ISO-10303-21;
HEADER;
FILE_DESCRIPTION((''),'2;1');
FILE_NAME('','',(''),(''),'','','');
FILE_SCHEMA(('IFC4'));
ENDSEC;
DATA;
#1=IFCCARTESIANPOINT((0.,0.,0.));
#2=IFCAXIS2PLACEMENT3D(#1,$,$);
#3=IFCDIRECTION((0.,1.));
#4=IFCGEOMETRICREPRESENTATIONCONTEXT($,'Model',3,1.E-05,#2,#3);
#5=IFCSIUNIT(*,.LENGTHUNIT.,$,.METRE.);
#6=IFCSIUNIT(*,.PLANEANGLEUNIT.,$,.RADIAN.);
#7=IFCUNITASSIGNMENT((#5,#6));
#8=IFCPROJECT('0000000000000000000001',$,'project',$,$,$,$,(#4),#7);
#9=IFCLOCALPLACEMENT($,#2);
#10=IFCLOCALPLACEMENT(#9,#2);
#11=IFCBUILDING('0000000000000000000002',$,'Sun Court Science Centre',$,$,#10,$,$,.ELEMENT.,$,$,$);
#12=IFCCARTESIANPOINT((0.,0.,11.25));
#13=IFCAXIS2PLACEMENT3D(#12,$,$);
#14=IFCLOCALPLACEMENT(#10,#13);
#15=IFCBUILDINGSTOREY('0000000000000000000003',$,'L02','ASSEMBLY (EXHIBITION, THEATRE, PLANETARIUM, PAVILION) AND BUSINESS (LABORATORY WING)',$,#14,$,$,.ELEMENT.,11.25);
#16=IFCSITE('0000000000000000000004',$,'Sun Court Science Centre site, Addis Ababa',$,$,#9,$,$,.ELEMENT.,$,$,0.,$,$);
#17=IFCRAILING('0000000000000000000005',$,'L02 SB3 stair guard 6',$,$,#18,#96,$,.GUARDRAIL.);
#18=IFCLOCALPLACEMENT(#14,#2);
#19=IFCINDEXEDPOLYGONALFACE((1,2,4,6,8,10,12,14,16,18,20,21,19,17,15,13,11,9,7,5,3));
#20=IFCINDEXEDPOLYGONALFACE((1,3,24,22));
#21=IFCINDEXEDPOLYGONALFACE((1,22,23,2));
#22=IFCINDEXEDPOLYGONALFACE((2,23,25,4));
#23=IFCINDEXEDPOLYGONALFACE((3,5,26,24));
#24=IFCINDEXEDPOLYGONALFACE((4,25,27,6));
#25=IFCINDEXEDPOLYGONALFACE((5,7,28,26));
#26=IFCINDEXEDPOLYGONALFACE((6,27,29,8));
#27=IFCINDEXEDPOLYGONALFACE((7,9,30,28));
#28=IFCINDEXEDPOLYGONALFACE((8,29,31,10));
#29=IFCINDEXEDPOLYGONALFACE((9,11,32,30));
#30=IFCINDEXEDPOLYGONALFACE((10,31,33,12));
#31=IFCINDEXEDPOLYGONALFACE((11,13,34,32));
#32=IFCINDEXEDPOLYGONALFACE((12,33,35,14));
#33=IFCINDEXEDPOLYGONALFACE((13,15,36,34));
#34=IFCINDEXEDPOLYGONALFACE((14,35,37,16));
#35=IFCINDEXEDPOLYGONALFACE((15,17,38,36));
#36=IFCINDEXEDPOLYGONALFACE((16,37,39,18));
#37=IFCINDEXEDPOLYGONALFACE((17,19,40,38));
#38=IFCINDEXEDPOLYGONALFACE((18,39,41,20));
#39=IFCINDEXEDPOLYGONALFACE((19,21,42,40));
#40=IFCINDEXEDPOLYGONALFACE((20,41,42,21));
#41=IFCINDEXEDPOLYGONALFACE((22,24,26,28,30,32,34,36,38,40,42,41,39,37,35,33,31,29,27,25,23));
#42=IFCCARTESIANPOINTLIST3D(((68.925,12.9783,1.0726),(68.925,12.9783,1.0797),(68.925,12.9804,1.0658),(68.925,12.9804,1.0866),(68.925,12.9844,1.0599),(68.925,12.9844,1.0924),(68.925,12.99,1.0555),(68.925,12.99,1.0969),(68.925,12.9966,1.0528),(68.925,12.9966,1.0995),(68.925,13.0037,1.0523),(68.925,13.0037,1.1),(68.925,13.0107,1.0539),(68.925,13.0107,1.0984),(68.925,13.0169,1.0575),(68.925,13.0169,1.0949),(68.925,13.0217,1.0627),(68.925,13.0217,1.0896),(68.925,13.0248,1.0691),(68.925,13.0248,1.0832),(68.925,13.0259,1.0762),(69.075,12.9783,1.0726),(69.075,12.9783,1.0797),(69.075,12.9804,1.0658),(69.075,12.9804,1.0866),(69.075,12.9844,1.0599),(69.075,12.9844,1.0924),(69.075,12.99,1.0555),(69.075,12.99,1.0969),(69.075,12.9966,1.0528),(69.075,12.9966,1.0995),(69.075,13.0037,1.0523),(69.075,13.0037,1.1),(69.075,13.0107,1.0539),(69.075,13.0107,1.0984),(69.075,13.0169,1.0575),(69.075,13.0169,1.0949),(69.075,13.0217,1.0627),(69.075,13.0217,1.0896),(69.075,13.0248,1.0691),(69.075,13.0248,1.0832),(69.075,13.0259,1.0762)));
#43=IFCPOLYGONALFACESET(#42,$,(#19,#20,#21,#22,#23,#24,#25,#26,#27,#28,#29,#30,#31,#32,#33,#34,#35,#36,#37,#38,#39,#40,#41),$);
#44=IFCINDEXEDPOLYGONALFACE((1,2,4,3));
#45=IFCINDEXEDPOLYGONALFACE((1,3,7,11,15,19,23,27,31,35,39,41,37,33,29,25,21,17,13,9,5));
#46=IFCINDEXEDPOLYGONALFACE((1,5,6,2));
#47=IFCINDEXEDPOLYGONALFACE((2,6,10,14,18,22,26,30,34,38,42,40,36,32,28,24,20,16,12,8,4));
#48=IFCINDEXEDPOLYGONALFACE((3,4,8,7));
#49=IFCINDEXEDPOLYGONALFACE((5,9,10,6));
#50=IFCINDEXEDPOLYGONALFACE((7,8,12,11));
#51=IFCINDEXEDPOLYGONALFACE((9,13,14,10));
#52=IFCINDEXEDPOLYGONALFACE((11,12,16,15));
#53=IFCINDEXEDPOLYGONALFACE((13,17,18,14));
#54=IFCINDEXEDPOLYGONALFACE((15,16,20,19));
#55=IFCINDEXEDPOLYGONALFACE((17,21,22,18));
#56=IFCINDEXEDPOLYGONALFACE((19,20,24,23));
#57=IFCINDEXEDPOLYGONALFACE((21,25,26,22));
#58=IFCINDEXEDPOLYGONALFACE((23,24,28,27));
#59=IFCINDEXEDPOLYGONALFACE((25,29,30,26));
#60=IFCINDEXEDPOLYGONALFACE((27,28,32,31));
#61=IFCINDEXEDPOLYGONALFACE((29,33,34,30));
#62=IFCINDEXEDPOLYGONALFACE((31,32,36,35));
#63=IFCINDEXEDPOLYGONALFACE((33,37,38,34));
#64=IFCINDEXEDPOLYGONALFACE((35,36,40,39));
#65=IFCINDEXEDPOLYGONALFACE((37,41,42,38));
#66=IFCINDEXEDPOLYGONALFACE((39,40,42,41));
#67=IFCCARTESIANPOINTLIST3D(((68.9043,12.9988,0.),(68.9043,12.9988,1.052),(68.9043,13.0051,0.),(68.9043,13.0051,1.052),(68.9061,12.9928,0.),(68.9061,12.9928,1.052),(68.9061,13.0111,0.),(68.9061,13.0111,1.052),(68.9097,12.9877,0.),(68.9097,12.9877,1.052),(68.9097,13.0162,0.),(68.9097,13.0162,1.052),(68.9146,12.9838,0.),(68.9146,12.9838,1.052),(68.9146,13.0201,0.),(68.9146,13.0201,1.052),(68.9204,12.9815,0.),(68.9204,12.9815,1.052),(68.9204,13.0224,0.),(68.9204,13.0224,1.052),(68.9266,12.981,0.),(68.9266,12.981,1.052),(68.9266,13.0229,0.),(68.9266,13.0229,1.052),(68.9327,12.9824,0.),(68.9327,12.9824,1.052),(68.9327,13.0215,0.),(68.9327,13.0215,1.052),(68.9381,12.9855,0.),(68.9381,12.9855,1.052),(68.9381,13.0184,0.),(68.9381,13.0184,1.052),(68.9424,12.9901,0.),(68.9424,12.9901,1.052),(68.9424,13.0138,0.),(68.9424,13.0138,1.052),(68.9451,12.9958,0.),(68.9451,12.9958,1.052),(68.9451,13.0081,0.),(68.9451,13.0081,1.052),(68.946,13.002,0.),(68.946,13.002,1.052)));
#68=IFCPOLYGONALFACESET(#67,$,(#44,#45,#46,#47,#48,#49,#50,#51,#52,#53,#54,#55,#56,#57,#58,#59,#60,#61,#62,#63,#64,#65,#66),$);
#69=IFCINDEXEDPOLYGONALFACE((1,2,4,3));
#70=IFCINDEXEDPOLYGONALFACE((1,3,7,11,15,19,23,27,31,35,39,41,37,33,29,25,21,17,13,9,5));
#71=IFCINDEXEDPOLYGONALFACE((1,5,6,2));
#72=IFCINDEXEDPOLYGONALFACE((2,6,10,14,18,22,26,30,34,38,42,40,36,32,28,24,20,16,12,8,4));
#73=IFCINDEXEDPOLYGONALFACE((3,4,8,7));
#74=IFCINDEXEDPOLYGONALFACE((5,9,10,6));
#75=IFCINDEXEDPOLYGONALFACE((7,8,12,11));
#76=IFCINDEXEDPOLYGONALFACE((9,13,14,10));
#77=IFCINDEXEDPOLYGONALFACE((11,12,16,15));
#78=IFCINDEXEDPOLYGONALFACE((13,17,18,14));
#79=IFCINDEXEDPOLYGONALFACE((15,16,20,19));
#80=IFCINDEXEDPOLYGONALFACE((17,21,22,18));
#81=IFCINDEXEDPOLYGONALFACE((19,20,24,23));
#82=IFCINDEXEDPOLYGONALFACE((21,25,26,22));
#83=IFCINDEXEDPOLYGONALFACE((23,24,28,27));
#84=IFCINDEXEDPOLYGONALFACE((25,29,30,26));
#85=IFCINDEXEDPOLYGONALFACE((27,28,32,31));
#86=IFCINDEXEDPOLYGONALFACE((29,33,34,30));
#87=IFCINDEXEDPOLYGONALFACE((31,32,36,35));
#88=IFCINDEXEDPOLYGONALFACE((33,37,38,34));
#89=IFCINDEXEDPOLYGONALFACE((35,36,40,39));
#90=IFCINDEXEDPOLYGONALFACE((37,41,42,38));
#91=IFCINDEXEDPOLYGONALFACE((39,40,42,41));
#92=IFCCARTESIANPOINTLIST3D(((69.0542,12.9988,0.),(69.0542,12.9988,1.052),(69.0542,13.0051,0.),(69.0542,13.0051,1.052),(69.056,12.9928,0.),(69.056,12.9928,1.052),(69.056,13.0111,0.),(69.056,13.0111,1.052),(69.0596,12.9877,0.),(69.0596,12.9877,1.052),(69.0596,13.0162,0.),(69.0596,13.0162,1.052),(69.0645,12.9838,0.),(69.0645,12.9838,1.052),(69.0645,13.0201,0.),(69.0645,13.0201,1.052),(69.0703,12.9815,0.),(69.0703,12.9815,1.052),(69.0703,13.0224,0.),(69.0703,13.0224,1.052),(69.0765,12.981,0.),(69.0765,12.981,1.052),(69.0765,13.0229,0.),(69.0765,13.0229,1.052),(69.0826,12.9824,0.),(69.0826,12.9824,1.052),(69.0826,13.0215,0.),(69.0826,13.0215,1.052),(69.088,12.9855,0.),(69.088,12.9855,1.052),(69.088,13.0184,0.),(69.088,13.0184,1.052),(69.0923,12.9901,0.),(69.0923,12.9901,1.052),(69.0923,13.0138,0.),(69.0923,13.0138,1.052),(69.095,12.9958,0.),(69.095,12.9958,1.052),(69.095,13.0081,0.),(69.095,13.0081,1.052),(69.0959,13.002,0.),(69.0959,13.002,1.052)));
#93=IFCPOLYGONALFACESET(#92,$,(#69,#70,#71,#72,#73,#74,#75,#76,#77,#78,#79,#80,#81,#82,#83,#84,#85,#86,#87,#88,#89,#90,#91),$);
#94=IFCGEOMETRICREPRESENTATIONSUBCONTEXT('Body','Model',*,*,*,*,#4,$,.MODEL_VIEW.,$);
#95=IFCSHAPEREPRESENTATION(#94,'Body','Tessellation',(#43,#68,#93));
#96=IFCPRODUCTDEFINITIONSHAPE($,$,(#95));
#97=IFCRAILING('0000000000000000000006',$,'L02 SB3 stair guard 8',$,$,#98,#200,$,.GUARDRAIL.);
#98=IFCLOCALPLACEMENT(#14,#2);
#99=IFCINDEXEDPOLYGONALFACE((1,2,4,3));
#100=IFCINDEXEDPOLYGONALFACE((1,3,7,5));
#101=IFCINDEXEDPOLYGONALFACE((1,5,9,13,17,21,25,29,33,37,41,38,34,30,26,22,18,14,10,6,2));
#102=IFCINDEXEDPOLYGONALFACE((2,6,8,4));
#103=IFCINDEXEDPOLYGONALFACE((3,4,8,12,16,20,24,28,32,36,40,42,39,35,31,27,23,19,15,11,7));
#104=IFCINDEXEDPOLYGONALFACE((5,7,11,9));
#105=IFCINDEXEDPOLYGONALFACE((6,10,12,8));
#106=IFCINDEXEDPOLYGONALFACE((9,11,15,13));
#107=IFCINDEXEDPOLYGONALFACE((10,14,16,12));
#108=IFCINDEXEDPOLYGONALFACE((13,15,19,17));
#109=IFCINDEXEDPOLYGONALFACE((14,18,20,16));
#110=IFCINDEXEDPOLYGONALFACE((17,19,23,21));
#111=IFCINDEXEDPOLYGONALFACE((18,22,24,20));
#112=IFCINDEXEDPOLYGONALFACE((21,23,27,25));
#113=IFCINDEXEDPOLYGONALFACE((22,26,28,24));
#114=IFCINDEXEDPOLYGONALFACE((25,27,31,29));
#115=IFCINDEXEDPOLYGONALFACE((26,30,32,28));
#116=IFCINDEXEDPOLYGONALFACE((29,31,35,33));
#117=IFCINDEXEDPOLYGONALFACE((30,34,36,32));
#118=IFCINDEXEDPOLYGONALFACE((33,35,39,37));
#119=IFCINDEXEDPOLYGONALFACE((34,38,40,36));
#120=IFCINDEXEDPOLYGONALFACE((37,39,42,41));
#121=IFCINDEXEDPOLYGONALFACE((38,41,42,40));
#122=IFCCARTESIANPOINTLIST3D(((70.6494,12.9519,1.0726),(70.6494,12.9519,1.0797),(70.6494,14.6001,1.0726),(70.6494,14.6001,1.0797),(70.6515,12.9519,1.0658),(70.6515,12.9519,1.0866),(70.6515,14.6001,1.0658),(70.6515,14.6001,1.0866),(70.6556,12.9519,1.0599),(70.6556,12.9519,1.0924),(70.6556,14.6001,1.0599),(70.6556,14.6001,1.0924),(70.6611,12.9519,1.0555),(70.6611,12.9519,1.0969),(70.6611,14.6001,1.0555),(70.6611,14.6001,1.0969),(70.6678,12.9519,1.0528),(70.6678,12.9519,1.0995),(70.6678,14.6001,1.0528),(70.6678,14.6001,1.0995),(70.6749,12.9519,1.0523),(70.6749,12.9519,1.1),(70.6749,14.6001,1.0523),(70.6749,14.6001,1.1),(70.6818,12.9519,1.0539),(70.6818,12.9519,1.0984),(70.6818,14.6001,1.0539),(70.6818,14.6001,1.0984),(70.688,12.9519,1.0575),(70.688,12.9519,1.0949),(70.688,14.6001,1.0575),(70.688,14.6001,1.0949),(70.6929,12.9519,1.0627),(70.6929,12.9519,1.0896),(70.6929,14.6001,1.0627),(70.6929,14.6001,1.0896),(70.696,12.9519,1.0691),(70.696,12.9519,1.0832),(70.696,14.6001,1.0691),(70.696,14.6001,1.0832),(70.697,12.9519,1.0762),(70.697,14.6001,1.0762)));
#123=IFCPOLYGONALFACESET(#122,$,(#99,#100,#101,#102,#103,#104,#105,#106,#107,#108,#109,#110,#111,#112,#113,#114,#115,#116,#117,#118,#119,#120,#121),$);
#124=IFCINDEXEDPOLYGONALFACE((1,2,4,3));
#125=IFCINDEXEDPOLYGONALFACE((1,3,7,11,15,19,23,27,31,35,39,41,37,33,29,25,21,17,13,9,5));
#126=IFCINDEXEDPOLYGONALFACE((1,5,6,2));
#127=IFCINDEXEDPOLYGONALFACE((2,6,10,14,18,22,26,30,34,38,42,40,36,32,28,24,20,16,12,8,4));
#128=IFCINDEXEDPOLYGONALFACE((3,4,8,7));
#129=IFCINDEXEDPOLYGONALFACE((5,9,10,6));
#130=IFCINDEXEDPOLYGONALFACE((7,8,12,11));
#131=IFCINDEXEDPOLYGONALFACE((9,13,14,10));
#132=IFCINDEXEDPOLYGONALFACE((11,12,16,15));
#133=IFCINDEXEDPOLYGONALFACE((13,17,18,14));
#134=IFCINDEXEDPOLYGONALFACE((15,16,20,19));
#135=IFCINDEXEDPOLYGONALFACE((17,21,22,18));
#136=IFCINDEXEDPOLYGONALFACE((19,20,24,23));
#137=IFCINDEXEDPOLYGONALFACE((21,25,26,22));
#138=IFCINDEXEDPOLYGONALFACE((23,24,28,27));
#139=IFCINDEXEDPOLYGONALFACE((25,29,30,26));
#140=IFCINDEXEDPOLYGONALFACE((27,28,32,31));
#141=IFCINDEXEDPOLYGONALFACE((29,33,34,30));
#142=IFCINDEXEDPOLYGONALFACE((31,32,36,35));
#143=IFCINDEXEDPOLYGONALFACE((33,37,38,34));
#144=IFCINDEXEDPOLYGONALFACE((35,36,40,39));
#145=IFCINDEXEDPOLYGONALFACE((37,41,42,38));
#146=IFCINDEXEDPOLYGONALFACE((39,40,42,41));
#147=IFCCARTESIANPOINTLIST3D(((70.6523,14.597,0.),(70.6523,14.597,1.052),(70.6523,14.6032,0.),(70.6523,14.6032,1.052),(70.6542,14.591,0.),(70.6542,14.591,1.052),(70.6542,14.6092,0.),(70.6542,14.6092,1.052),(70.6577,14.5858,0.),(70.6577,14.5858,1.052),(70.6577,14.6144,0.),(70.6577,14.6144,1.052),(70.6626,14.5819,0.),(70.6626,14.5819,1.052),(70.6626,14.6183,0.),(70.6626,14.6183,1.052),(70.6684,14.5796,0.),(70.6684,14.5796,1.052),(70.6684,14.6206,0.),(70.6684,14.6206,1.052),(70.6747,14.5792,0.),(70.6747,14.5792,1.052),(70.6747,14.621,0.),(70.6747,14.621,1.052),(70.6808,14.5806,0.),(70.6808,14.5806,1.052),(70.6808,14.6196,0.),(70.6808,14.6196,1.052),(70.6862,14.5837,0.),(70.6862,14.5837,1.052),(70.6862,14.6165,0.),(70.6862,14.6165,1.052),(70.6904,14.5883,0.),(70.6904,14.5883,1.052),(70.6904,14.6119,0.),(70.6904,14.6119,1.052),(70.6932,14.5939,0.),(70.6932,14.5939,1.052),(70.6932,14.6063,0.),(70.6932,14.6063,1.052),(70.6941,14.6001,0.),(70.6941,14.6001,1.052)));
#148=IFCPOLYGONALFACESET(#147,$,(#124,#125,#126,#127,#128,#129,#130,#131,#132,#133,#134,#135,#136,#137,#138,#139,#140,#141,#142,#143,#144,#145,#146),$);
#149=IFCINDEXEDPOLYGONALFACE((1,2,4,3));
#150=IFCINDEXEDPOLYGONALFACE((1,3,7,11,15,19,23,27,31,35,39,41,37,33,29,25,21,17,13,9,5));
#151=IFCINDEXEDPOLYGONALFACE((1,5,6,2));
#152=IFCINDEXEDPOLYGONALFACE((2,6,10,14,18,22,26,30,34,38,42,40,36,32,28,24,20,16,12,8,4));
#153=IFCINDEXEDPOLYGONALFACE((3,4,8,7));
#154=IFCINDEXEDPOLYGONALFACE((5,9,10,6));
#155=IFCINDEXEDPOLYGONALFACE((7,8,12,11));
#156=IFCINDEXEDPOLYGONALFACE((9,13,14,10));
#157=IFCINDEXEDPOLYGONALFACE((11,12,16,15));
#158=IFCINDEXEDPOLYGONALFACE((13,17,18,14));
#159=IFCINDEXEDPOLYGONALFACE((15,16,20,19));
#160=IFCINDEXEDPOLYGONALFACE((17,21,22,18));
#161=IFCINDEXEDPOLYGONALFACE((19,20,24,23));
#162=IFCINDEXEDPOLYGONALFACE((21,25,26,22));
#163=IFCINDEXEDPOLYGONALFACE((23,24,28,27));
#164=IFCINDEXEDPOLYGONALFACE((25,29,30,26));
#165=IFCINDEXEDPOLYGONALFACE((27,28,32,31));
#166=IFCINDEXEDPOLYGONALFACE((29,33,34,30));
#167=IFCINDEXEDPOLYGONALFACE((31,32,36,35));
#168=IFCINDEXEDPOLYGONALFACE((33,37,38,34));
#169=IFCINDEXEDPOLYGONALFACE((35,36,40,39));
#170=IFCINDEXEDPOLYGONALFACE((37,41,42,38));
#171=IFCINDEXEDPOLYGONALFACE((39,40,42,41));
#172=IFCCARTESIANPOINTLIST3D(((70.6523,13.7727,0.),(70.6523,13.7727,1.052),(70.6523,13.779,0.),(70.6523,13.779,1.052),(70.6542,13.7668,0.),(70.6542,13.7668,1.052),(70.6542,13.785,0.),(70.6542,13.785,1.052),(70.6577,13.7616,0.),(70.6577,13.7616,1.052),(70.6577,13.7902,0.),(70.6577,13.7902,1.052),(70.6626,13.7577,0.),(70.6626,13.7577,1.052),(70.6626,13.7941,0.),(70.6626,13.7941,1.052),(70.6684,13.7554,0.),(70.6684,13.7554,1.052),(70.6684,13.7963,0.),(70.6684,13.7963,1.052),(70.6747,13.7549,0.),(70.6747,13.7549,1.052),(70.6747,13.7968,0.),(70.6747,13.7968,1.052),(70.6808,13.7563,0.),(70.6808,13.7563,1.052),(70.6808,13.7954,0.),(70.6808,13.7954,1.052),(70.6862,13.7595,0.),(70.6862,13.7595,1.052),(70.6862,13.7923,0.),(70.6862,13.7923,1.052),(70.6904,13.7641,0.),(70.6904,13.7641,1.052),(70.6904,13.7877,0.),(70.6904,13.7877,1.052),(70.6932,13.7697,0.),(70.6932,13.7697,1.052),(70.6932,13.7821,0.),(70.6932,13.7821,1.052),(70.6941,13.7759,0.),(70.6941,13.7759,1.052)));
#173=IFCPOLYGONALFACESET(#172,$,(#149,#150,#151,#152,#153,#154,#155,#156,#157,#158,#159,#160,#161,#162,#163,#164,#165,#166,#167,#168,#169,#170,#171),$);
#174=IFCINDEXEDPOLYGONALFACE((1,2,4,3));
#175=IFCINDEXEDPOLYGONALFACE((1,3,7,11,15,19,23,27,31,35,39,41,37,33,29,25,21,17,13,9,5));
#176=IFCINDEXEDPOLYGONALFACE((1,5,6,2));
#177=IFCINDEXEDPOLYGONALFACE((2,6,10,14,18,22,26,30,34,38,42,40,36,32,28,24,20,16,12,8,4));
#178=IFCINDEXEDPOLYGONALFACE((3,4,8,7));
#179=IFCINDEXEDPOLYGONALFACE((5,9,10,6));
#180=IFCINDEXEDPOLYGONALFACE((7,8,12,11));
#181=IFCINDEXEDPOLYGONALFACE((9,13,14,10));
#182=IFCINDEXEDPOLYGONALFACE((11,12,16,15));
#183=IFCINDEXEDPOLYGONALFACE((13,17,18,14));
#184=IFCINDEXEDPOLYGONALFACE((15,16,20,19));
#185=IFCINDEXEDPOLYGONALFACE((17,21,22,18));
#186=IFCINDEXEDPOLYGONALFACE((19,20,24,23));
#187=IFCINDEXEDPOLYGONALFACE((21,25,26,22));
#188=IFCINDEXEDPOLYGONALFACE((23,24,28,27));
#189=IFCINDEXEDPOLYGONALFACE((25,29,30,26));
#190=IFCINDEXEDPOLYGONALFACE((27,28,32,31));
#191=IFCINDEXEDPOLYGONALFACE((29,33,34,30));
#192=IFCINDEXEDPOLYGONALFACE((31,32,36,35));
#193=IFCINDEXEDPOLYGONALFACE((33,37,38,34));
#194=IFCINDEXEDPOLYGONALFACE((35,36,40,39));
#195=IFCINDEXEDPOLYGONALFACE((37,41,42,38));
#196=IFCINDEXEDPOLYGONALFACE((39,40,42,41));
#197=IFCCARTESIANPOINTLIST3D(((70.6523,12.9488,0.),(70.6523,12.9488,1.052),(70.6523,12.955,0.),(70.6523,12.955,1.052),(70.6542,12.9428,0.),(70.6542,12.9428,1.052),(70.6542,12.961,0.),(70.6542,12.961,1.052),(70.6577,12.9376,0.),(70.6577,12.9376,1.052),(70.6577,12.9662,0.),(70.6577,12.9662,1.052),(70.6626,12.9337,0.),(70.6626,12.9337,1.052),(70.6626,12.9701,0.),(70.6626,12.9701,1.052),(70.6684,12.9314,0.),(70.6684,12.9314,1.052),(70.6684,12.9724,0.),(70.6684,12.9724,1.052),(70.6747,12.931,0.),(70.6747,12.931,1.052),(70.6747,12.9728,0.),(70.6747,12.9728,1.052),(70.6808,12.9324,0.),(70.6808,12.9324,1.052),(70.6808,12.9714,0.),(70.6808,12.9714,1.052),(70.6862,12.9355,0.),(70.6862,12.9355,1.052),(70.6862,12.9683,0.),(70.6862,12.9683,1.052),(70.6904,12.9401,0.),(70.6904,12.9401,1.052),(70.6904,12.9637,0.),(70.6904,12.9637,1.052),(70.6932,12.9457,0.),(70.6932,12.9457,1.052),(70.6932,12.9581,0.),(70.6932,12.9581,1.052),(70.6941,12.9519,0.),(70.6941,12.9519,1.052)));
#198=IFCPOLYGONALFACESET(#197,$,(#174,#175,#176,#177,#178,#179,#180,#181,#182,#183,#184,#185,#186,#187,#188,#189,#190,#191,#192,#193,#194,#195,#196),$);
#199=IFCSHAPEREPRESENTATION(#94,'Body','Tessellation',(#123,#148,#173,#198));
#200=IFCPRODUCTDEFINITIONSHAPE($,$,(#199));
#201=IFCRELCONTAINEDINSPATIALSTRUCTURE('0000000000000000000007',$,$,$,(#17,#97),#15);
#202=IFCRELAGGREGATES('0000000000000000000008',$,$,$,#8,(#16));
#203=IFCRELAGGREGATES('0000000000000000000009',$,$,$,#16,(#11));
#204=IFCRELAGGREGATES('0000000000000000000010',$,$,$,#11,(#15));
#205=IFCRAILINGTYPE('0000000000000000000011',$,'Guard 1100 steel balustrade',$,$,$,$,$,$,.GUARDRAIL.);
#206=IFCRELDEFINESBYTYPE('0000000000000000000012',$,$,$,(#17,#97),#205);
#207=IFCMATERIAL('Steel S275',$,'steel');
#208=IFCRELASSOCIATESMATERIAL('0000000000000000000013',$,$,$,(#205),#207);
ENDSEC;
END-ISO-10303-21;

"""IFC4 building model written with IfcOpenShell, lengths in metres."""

from ifc_helpers import new_model, si_unit, direction, frame, origin, origin_2d, place, context, subcontext, project, spatial, circle, extrude, material, type_object, element, save


model = new_model("IFC4")

# Units and contexts
model_context = context("Model", 3, precision=1e-05, world=origin(), true_north=direction((0.0, 1.0)))
body_context = subcontext(model_context, "Body", "Model", "MODEL_VIEW")
ifc_project = project(units=[si_unit("LENGTHUNIT", "METRE"), si_unit("PLANEANGLEUNIT", "RADIAN")], contexts=[model_context])

# Site, building, storey
site_placement = place(None, origin())
site = spatial("IfcSite", under=ifc_project, at=site_placement, Name="Sun Court Science Centre site, Addis Ababa", CompositionType="ELEMENT", RefElevation=0.0)
building_placement = place(site_placement, origin())
building = spatial("IfcBuilding", under=site, at=building_placement, Name="Sun Court Science Centre", CompositionType="ELEMENT")
storey_placement = place(building_placement, frame((0.0, 0.0, 11.25)))
storey = spatial("IfcBuildingStorey", under=building, at=storey_placement, Name="L02", Description="ASSEMBLY (EXHIBITION, THEATRE, PLANETARIUM, PAVILION) AND BUSINESS (LABORATORY WING)", CompositionType="ELEMENT", Elevation=11.25)

# Railings
ifc_material_1 = material(Name="Steel S275", Category="steel")
railing_type_1 = type_object("IfcRailingType", Name="Guard 1100 steel balustrade", PredefinedType="GUARDRAIL", material=ifc_material_1)
railing_1_placement = place(storey_placement, frame((68.925, 13.002, 0.0)))
element("IfcRailing", 1, at=railing_1_placement, inside=storey, type_object=railing_type_1, Name="L02 SB3 stair guard 6", PredefinedType="GUARDRAIL", context=body_context, shape_type="SweptSolid", body=[
    extrude(circle(Radius=0.0239, at=origin_2d()), frame((0.0, 0.0, 1.0762), z_axis=(1.0, 0.0, 0.0), x_axis=(0.0, 1.0, 0.0)), (0.0, 0.0, 1.0), 0.1499),
    extrude(circle(Radius=0.021, at=origin_2d()), origin(), (0.0, 0.0, 1.0), 1.052),
    extrude(circle(Radius=0.021, at=origin_2d()), frame((0.1499, 0.0, 0.0)), (0.0, 0.0, 1.0), 1.052),
])
railing_2_placement = place(storey_placement, frame((70.6731, 14.6001, 0.0)))
element("IfcRailing", 2, at=railing_2_placement, inside=storey, type_object=railing_type_1, Name="L02 SB3 stair guard 8", PredefinedType="GUARDRAIL", context=body_context, shape_type="SweptSolid", body=[
    extrude(circle(Radius=0.0239, at=origin_2d()), frame((0.0, 0.0, 1.0762), z_axis=(0.0, -1.0, 0.0), x_axis=(1.0, 0.0, 0.0)), (0.0, 0.0, 1.0), 1.6482),
    extrude(circle(Radius=0.021, at=origin_2d()), origin(), (0.0, 0.0, 1.0), 1.052),
    extrude(circle(Radius=0.021, at=origin_2d()), frame((0.0, -0.8242, 0.0)), (0.0, 0.0, 1.0), 1.052),
    extrude(circle(Radius=0.021, at=origin_2d()), frame((0.0, -1.6482, 0.0)), (0.0, 0.0, 1.0), 1.052),
])

save(model, "model.ifc")
